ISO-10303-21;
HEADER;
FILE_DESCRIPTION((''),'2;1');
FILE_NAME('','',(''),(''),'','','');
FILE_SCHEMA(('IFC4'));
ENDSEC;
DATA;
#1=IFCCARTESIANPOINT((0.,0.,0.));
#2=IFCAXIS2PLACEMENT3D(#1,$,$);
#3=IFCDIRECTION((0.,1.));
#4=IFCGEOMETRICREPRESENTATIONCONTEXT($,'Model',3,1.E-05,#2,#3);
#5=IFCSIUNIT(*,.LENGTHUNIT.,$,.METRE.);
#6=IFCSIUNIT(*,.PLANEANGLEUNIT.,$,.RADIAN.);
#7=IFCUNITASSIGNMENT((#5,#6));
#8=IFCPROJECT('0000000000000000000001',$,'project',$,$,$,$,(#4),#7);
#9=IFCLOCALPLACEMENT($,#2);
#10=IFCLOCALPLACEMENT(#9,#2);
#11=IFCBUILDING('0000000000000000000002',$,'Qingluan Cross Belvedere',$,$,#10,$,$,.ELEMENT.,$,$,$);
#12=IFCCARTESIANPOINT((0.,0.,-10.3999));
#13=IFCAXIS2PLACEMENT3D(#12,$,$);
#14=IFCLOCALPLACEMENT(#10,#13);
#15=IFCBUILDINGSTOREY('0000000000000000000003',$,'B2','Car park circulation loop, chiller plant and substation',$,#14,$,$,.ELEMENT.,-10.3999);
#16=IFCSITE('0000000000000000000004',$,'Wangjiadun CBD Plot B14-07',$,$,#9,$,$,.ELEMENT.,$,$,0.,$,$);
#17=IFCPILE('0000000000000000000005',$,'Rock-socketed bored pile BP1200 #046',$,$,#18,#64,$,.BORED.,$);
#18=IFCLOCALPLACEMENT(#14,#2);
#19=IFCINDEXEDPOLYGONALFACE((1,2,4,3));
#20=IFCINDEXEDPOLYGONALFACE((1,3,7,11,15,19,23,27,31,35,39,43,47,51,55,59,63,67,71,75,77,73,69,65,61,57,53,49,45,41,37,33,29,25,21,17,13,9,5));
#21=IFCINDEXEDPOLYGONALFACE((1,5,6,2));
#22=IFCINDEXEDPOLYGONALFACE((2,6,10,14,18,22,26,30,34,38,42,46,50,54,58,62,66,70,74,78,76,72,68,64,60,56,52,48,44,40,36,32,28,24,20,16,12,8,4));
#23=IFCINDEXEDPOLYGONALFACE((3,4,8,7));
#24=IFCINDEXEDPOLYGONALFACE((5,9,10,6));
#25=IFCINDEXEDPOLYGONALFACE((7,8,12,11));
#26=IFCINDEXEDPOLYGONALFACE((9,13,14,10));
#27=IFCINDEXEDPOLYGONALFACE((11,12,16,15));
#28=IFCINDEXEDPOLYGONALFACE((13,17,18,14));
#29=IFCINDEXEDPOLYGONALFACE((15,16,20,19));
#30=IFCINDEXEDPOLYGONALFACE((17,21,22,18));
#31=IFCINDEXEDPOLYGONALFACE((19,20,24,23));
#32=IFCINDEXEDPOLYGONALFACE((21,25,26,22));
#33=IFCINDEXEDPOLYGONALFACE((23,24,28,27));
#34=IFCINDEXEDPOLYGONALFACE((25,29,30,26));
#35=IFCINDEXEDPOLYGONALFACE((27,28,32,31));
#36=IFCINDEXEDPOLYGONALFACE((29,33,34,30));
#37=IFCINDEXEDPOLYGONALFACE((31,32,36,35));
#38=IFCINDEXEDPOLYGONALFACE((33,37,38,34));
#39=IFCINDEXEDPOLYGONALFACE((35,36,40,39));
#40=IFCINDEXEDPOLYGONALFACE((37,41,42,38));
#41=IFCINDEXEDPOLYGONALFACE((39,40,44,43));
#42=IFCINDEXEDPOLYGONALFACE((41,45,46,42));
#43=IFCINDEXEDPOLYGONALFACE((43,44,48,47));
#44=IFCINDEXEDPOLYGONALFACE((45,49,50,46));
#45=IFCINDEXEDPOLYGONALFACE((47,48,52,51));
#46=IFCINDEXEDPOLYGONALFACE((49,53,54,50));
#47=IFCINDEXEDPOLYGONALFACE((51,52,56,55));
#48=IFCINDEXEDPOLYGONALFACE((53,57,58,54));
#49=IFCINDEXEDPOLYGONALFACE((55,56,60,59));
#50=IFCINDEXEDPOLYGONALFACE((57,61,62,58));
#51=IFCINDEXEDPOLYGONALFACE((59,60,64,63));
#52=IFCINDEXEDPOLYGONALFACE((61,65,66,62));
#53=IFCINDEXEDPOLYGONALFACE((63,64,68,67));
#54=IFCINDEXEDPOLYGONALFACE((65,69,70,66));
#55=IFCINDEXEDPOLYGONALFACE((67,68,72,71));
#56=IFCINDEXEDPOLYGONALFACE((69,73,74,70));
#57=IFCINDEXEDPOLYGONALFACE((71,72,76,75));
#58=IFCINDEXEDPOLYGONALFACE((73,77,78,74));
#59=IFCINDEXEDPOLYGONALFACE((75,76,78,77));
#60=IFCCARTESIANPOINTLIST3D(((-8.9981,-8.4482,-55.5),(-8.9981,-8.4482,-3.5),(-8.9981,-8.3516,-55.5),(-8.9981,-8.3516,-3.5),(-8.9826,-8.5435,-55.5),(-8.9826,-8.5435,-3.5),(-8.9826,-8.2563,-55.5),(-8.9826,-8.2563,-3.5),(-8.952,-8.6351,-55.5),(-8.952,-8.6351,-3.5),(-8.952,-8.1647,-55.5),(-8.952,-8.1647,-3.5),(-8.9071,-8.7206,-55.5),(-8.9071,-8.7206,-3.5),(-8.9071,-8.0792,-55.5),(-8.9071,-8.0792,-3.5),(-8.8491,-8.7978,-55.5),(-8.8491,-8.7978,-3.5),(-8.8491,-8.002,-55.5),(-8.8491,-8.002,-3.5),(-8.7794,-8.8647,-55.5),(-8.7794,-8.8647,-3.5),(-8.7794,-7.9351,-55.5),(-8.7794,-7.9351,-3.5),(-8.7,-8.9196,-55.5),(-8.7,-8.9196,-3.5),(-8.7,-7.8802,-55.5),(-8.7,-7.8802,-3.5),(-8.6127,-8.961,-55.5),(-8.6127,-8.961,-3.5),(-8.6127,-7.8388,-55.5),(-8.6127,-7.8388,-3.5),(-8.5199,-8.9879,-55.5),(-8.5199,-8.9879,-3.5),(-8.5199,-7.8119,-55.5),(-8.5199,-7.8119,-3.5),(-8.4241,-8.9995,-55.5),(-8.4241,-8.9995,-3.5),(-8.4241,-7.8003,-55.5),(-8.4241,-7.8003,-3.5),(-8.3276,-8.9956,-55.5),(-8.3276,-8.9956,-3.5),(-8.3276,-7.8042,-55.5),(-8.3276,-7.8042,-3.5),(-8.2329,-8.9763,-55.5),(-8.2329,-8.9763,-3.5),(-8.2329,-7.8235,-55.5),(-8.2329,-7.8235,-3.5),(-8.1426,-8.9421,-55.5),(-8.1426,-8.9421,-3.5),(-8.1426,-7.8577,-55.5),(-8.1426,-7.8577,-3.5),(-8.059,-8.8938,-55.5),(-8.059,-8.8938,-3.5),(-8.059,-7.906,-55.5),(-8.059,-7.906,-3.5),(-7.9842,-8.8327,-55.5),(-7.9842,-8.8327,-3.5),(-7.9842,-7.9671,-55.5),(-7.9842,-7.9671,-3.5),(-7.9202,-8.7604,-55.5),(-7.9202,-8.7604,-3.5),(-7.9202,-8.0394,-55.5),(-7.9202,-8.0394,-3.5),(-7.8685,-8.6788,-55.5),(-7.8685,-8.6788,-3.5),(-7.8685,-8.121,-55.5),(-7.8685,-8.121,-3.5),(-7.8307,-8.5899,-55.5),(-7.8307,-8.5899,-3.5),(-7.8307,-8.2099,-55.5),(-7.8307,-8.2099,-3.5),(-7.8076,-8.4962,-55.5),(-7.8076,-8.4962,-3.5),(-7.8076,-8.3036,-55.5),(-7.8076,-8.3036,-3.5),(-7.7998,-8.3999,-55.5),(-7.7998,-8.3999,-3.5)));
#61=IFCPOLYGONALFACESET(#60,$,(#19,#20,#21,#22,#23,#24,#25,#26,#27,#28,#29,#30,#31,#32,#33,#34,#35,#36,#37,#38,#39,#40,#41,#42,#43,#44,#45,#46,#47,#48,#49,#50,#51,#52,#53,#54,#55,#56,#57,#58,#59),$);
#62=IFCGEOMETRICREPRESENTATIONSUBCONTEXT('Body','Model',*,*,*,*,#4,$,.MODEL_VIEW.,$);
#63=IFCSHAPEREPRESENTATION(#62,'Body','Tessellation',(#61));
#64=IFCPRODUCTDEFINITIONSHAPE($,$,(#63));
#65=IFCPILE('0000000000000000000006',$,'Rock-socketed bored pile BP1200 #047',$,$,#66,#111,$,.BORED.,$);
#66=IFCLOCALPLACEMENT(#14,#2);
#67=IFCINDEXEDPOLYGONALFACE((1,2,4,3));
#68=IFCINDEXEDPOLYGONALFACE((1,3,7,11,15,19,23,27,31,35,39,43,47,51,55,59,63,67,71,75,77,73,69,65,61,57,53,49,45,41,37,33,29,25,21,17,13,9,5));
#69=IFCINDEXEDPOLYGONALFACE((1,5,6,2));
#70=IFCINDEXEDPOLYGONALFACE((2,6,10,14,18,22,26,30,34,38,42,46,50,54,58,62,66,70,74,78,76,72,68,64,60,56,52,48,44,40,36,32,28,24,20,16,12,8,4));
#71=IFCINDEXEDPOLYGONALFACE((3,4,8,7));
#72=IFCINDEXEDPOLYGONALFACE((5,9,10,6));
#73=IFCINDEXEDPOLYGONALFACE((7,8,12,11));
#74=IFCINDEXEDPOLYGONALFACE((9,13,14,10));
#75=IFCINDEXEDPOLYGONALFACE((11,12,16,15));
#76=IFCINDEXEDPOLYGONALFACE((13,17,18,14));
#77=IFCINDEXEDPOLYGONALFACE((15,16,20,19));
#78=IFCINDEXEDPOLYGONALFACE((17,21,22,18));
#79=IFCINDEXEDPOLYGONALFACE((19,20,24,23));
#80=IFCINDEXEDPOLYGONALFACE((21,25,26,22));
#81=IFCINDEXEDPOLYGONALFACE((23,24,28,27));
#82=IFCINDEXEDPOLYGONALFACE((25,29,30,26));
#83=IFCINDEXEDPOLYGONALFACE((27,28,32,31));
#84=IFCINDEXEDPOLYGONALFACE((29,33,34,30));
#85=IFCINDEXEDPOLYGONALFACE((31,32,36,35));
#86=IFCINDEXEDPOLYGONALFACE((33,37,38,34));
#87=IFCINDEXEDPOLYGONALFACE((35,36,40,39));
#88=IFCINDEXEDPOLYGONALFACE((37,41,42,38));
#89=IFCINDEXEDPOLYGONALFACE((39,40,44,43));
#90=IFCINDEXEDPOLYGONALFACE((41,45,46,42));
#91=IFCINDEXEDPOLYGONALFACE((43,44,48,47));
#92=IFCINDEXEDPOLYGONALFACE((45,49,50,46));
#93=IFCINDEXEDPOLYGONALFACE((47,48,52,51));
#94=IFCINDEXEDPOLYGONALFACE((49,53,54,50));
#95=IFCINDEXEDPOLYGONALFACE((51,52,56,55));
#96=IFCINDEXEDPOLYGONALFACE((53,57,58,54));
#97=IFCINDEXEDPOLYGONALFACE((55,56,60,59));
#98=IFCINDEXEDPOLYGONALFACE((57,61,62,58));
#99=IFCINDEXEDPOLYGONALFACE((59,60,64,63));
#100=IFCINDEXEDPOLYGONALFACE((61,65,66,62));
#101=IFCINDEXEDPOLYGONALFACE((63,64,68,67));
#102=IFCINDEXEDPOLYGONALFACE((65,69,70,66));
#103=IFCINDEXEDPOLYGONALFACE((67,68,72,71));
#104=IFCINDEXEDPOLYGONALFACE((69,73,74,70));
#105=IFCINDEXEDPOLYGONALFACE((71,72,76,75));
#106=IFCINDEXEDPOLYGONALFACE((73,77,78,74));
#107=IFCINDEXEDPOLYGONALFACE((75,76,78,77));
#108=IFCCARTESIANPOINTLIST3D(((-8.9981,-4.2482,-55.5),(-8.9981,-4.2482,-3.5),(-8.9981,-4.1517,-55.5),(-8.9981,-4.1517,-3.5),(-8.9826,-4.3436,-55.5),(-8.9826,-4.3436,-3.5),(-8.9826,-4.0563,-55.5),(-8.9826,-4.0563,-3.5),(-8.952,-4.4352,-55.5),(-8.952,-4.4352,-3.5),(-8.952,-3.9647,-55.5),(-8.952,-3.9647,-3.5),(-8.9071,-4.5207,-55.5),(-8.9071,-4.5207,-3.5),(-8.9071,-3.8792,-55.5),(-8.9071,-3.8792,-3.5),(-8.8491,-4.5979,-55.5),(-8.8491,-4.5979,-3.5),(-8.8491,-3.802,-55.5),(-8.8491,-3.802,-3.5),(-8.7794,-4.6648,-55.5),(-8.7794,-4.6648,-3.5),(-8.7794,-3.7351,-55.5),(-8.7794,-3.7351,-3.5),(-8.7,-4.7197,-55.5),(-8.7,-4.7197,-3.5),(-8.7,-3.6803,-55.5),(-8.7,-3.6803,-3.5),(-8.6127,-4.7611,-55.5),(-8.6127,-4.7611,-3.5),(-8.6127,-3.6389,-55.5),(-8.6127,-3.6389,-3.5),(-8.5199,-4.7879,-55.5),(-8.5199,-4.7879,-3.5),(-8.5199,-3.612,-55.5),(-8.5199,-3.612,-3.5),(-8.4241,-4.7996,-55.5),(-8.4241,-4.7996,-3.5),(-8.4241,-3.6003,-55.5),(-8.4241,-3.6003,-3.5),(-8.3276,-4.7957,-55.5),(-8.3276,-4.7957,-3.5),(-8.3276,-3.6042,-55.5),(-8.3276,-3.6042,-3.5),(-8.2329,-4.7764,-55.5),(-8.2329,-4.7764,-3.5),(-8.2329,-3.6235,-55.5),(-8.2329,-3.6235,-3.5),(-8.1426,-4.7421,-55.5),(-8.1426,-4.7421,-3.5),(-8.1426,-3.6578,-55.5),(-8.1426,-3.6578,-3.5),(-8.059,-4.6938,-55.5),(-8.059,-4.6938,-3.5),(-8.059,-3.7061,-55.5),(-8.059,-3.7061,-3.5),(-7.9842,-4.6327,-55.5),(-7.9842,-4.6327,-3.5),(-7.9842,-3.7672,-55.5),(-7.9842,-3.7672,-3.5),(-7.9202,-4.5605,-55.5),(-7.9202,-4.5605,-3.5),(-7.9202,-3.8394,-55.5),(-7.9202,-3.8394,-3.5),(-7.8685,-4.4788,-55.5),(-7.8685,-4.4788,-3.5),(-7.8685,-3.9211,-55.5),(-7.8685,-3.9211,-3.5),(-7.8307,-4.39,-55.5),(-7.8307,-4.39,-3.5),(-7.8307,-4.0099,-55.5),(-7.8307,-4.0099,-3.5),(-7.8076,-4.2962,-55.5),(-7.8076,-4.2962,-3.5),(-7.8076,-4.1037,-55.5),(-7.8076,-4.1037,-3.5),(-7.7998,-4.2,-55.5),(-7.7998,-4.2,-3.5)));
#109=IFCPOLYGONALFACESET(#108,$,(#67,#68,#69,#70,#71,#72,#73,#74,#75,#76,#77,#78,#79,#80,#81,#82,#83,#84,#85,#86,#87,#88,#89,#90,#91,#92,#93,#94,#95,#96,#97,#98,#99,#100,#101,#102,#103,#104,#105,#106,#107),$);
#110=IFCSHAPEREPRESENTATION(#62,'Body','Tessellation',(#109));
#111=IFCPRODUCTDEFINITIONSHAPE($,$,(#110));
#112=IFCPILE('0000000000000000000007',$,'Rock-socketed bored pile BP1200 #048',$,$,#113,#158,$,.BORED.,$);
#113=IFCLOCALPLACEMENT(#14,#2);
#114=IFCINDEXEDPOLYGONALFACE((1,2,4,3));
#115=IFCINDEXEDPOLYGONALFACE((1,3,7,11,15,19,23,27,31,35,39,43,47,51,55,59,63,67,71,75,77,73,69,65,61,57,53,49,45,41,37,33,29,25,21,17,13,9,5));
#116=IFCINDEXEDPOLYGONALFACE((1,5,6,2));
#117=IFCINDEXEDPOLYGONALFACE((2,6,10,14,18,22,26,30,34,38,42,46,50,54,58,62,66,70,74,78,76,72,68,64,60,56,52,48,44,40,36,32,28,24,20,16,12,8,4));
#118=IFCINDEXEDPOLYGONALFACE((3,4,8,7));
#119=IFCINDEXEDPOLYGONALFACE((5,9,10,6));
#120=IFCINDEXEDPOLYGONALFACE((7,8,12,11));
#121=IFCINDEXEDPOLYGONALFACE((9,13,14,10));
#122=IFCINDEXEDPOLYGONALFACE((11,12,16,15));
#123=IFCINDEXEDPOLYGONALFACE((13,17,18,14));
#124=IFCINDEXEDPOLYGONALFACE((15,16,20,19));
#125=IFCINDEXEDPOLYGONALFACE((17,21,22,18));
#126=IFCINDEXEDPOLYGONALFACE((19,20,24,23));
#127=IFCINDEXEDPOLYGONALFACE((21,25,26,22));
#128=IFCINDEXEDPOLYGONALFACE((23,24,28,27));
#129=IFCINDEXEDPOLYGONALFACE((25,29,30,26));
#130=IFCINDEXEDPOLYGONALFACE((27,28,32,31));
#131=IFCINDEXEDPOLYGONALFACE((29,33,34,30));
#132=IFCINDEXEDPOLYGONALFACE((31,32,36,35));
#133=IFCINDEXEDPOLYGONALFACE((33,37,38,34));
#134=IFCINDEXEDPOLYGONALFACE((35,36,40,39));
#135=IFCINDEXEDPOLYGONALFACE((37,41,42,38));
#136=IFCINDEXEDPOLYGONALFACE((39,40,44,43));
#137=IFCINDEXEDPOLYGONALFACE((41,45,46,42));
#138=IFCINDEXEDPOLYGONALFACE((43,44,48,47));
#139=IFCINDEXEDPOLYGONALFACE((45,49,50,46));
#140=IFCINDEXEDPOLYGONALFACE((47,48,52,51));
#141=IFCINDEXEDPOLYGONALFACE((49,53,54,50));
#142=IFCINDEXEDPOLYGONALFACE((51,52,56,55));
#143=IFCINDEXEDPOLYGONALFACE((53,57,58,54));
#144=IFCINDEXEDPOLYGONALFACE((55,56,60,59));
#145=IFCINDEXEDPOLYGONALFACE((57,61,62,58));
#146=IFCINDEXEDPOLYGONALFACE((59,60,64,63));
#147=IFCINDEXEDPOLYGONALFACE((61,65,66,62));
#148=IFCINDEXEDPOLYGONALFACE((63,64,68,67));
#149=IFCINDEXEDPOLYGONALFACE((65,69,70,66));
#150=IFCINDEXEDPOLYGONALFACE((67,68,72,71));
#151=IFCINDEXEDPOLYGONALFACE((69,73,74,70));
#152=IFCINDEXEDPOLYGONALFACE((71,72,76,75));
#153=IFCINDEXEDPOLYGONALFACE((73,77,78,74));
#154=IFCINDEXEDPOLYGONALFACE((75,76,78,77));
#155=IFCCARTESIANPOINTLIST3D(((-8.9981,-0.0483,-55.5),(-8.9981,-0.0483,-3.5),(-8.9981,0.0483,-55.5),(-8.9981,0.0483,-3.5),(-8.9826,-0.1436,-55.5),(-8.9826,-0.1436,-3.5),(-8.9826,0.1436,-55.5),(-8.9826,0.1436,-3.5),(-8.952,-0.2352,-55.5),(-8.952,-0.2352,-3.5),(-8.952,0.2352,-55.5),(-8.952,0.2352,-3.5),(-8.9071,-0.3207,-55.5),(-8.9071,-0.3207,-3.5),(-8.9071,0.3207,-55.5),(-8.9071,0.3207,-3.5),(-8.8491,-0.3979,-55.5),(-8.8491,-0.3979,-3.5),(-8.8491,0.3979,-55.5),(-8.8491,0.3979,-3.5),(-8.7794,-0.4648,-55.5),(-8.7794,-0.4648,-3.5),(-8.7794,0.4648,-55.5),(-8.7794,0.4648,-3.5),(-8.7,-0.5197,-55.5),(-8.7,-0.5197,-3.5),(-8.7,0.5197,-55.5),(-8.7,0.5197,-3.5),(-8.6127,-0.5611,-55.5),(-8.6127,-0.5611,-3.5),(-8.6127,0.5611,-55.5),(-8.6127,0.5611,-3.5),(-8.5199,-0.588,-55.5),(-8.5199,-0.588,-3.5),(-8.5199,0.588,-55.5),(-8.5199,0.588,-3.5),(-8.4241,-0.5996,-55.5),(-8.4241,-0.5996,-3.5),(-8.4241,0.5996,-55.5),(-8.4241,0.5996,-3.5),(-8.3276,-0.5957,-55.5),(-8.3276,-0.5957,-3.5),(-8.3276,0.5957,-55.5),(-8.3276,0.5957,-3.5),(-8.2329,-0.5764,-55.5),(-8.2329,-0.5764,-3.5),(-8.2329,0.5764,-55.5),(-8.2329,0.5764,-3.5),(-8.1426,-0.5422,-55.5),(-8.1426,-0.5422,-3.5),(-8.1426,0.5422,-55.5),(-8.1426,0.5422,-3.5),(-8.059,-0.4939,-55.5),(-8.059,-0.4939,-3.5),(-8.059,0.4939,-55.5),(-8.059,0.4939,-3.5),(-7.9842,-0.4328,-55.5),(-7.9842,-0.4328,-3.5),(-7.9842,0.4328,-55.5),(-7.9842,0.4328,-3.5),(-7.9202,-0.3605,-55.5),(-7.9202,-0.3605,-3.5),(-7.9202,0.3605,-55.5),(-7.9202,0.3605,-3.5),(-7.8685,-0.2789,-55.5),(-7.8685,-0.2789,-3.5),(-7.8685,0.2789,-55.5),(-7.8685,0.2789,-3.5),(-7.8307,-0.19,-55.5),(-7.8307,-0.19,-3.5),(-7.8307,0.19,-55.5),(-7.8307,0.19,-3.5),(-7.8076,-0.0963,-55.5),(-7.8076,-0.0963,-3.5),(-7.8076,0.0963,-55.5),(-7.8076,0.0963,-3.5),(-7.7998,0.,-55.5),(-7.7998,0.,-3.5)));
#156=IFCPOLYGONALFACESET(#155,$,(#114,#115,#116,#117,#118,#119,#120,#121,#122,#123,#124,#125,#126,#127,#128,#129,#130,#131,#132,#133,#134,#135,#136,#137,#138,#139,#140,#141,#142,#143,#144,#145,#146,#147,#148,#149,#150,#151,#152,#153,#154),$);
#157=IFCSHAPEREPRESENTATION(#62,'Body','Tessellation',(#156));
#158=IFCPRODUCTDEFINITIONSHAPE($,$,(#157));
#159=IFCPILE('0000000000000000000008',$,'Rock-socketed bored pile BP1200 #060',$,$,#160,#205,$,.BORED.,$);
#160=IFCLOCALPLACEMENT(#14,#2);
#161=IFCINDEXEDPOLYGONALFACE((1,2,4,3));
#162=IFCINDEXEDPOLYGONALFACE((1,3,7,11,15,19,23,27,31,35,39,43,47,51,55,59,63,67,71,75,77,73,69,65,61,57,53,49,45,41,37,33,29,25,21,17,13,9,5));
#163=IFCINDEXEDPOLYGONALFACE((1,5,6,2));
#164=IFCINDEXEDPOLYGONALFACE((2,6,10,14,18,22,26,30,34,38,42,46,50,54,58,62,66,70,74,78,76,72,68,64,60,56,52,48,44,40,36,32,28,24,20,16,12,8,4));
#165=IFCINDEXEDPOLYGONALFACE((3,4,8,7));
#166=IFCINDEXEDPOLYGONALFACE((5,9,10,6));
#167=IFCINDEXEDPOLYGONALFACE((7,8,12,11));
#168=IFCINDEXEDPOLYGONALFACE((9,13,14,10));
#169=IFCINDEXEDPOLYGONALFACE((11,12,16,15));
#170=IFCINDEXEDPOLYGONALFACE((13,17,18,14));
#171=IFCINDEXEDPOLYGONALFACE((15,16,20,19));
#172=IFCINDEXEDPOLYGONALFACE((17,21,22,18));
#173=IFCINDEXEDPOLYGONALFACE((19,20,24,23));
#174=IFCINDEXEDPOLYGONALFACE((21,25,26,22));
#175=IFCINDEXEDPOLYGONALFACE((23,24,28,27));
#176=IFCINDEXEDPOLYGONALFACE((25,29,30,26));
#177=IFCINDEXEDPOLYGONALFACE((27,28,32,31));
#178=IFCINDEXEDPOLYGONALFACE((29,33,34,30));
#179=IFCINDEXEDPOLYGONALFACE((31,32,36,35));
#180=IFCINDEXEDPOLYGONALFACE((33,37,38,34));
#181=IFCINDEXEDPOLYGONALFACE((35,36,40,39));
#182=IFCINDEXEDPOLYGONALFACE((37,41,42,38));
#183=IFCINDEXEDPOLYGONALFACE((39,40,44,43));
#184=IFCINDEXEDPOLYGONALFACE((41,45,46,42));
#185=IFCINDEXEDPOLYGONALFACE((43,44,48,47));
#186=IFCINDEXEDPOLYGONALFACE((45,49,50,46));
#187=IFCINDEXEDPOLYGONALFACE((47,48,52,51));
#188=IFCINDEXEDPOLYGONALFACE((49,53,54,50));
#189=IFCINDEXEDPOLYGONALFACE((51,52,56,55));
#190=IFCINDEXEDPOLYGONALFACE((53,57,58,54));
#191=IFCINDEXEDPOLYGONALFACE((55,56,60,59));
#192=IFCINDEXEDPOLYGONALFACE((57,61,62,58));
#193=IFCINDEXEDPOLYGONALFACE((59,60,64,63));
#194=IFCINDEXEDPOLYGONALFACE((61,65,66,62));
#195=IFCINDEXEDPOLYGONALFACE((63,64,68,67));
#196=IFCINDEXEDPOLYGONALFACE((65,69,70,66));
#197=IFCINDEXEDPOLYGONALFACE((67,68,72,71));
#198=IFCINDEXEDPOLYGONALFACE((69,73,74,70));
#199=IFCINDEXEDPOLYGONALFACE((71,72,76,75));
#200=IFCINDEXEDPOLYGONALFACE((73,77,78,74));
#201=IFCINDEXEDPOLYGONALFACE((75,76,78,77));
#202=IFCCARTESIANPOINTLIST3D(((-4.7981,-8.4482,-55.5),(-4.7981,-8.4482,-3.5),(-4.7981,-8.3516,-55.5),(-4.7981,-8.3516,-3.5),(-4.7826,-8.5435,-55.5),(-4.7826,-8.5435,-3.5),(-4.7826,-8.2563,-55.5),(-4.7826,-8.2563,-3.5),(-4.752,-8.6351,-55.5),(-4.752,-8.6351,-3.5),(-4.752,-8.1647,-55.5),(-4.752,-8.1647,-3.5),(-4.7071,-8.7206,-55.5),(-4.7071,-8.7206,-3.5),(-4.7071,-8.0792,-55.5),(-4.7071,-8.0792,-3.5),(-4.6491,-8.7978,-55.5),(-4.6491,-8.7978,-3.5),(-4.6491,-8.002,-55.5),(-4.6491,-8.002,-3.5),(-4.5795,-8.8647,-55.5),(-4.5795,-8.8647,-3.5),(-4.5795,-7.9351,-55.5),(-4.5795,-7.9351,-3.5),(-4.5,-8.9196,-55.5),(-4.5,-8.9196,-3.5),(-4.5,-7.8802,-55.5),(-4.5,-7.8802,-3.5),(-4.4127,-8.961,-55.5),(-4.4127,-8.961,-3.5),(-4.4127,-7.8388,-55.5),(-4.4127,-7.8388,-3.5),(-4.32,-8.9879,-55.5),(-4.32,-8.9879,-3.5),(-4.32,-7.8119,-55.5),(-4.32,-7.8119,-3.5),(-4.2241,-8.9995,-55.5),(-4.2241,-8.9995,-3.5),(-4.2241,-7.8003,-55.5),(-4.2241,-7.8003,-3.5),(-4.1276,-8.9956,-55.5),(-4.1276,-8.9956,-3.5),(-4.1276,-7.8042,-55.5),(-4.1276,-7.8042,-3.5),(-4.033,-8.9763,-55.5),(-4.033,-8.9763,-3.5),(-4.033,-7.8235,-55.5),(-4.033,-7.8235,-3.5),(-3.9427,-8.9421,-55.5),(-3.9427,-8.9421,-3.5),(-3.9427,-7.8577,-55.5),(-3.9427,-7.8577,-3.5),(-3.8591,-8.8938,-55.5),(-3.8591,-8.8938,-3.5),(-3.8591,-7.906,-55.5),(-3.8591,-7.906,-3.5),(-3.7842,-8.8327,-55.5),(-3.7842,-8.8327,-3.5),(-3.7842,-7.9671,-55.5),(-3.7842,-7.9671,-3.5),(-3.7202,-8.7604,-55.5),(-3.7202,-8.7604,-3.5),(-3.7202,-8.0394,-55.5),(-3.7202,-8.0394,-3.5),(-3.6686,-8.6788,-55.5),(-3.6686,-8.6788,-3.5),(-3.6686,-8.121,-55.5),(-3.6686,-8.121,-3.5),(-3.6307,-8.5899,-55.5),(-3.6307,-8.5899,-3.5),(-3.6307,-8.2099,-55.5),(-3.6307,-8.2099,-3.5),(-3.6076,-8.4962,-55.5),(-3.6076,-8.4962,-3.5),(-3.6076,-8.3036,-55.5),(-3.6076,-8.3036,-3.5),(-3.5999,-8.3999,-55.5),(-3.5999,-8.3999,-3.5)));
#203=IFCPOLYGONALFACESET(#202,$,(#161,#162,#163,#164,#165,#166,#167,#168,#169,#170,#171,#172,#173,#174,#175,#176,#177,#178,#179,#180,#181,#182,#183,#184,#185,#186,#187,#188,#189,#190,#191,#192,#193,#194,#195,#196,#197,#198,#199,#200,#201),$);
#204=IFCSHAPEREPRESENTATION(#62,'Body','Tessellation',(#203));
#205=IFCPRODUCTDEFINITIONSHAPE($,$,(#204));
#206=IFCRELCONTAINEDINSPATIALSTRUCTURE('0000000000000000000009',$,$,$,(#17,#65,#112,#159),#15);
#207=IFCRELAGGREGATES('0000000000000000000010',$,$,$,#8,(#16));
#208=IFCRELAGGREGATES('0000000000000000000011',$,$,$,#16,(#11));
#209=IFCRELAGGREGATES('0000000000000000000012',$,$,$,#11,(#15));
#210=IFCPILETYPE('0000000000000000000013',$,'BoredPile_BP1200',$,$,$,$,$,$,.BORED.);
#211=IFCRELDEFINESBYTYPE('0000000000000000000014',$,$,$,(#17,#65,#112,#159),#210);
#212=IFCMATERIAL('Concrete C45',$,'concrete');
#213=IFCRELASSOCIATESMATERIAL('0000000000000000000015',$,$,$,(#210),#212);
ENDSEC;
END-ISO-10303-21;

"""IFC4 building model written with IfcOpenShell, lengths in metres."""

from ifc_helpers import new_model, si_unit, direction, frame, origin, origin_2d, place, context, subcontext, project, spatial, circle, extrude, material, material_profile, profile_set, type_object, element, save


model = new_model("IFC4")

# Units and contexts
model_context = context("Model", 3, precision=1e-05, world=origin(), true_north=direction((0.0, 1.0)))
body_context = subcontext(model_context, "Body", "Model", "MODEL_VIEW")
ifc_project = project(units=[si_unit("LENGTHUNIT", "METRE"), si_unit("PLANEANGLEUNIT", "RADIAN")], contexts=[model_context])

# Site, building, storey
site_placement = place(None, origin())
site = spatial("IfcSite", under=ifc_project, at=site_placement, Name="Wangjiadun CBD Plot B14-07", CompositionType="ELEMENT", RefElevation=0.0)
building_placement = place(site_placement, origin())
building = spatial("IfcBuilding", under=site, at=building_placement, Name="Qingluan Cross Belvedere", CompositionType="ELEMENT")
storey_placement = place(building_placement, frame((0.0, 0.0, -10.3999)))
storey = spatial("IfcBuildingStorey", under=building, at=storey_placement, Name="B2", Description="Car park circulation loop, chiller plant and substation", CompositionType="ELEMENT", Elevation=-10.3999)

# Piles
ifc_material_1 = material(Name="Concrete C45", Category="concrete")
ifc_material_profile_1 = material_profile(ifc_material_1, circle(Radius=0.6001, at=origin_2d()), Name="BP1200")
ifc_profile_set_1 = profile_set([ifc_material_profile_1], Name="Concrete C45")
pile_type_1 = type_object("IfcPileType", Name="BoredPile_BP1200", PredefinedType="BORED", material=ifc_profile_set_1)
for number, where, z_axis, x_axis, name in (
    (1, (-8.3999, -8.3999, -3.5), (0.0, 0.0, -1.0), (1.0, 0.0, 0.0), "Rock-socketed bored pile BP1200 #046"),
    (2, (-8.3999, -4.2, -3.5), (0.0, 0.0, -1.0), (1.0, 0.0, 0.0), "Rock-socketed bored pile BP1200 #047"),
    (3, (-8.3999, 0.0, -3.5), (0.0, 0.0, -1.0), (1.0, 0.0, 0.0), "Rock-socketed bored pile BP1200 #048"),
    (4, (-4.2, -8.3999, -3.5), (0.0, 0.0, -1.0), (1.0, 0.0, 0.0), "Rock-socketed bored pile BP1200 #060"),
):
    element("IfcPile", number, at=place(storey_placement, frame(where, z_axis=z_axis, x_axis=x_axis)), inside=storey, type_object=pile_type_1, Name=name, PredefinedType="BORED", context=body_context, shape_type="SweptSolid", body=[
        extrude(circle(Radius=0.6001, at=origin_2d()), origin(), (0.0, 0.0, 1.0), 52.0),
    ])

save(model, "model.ifc")
